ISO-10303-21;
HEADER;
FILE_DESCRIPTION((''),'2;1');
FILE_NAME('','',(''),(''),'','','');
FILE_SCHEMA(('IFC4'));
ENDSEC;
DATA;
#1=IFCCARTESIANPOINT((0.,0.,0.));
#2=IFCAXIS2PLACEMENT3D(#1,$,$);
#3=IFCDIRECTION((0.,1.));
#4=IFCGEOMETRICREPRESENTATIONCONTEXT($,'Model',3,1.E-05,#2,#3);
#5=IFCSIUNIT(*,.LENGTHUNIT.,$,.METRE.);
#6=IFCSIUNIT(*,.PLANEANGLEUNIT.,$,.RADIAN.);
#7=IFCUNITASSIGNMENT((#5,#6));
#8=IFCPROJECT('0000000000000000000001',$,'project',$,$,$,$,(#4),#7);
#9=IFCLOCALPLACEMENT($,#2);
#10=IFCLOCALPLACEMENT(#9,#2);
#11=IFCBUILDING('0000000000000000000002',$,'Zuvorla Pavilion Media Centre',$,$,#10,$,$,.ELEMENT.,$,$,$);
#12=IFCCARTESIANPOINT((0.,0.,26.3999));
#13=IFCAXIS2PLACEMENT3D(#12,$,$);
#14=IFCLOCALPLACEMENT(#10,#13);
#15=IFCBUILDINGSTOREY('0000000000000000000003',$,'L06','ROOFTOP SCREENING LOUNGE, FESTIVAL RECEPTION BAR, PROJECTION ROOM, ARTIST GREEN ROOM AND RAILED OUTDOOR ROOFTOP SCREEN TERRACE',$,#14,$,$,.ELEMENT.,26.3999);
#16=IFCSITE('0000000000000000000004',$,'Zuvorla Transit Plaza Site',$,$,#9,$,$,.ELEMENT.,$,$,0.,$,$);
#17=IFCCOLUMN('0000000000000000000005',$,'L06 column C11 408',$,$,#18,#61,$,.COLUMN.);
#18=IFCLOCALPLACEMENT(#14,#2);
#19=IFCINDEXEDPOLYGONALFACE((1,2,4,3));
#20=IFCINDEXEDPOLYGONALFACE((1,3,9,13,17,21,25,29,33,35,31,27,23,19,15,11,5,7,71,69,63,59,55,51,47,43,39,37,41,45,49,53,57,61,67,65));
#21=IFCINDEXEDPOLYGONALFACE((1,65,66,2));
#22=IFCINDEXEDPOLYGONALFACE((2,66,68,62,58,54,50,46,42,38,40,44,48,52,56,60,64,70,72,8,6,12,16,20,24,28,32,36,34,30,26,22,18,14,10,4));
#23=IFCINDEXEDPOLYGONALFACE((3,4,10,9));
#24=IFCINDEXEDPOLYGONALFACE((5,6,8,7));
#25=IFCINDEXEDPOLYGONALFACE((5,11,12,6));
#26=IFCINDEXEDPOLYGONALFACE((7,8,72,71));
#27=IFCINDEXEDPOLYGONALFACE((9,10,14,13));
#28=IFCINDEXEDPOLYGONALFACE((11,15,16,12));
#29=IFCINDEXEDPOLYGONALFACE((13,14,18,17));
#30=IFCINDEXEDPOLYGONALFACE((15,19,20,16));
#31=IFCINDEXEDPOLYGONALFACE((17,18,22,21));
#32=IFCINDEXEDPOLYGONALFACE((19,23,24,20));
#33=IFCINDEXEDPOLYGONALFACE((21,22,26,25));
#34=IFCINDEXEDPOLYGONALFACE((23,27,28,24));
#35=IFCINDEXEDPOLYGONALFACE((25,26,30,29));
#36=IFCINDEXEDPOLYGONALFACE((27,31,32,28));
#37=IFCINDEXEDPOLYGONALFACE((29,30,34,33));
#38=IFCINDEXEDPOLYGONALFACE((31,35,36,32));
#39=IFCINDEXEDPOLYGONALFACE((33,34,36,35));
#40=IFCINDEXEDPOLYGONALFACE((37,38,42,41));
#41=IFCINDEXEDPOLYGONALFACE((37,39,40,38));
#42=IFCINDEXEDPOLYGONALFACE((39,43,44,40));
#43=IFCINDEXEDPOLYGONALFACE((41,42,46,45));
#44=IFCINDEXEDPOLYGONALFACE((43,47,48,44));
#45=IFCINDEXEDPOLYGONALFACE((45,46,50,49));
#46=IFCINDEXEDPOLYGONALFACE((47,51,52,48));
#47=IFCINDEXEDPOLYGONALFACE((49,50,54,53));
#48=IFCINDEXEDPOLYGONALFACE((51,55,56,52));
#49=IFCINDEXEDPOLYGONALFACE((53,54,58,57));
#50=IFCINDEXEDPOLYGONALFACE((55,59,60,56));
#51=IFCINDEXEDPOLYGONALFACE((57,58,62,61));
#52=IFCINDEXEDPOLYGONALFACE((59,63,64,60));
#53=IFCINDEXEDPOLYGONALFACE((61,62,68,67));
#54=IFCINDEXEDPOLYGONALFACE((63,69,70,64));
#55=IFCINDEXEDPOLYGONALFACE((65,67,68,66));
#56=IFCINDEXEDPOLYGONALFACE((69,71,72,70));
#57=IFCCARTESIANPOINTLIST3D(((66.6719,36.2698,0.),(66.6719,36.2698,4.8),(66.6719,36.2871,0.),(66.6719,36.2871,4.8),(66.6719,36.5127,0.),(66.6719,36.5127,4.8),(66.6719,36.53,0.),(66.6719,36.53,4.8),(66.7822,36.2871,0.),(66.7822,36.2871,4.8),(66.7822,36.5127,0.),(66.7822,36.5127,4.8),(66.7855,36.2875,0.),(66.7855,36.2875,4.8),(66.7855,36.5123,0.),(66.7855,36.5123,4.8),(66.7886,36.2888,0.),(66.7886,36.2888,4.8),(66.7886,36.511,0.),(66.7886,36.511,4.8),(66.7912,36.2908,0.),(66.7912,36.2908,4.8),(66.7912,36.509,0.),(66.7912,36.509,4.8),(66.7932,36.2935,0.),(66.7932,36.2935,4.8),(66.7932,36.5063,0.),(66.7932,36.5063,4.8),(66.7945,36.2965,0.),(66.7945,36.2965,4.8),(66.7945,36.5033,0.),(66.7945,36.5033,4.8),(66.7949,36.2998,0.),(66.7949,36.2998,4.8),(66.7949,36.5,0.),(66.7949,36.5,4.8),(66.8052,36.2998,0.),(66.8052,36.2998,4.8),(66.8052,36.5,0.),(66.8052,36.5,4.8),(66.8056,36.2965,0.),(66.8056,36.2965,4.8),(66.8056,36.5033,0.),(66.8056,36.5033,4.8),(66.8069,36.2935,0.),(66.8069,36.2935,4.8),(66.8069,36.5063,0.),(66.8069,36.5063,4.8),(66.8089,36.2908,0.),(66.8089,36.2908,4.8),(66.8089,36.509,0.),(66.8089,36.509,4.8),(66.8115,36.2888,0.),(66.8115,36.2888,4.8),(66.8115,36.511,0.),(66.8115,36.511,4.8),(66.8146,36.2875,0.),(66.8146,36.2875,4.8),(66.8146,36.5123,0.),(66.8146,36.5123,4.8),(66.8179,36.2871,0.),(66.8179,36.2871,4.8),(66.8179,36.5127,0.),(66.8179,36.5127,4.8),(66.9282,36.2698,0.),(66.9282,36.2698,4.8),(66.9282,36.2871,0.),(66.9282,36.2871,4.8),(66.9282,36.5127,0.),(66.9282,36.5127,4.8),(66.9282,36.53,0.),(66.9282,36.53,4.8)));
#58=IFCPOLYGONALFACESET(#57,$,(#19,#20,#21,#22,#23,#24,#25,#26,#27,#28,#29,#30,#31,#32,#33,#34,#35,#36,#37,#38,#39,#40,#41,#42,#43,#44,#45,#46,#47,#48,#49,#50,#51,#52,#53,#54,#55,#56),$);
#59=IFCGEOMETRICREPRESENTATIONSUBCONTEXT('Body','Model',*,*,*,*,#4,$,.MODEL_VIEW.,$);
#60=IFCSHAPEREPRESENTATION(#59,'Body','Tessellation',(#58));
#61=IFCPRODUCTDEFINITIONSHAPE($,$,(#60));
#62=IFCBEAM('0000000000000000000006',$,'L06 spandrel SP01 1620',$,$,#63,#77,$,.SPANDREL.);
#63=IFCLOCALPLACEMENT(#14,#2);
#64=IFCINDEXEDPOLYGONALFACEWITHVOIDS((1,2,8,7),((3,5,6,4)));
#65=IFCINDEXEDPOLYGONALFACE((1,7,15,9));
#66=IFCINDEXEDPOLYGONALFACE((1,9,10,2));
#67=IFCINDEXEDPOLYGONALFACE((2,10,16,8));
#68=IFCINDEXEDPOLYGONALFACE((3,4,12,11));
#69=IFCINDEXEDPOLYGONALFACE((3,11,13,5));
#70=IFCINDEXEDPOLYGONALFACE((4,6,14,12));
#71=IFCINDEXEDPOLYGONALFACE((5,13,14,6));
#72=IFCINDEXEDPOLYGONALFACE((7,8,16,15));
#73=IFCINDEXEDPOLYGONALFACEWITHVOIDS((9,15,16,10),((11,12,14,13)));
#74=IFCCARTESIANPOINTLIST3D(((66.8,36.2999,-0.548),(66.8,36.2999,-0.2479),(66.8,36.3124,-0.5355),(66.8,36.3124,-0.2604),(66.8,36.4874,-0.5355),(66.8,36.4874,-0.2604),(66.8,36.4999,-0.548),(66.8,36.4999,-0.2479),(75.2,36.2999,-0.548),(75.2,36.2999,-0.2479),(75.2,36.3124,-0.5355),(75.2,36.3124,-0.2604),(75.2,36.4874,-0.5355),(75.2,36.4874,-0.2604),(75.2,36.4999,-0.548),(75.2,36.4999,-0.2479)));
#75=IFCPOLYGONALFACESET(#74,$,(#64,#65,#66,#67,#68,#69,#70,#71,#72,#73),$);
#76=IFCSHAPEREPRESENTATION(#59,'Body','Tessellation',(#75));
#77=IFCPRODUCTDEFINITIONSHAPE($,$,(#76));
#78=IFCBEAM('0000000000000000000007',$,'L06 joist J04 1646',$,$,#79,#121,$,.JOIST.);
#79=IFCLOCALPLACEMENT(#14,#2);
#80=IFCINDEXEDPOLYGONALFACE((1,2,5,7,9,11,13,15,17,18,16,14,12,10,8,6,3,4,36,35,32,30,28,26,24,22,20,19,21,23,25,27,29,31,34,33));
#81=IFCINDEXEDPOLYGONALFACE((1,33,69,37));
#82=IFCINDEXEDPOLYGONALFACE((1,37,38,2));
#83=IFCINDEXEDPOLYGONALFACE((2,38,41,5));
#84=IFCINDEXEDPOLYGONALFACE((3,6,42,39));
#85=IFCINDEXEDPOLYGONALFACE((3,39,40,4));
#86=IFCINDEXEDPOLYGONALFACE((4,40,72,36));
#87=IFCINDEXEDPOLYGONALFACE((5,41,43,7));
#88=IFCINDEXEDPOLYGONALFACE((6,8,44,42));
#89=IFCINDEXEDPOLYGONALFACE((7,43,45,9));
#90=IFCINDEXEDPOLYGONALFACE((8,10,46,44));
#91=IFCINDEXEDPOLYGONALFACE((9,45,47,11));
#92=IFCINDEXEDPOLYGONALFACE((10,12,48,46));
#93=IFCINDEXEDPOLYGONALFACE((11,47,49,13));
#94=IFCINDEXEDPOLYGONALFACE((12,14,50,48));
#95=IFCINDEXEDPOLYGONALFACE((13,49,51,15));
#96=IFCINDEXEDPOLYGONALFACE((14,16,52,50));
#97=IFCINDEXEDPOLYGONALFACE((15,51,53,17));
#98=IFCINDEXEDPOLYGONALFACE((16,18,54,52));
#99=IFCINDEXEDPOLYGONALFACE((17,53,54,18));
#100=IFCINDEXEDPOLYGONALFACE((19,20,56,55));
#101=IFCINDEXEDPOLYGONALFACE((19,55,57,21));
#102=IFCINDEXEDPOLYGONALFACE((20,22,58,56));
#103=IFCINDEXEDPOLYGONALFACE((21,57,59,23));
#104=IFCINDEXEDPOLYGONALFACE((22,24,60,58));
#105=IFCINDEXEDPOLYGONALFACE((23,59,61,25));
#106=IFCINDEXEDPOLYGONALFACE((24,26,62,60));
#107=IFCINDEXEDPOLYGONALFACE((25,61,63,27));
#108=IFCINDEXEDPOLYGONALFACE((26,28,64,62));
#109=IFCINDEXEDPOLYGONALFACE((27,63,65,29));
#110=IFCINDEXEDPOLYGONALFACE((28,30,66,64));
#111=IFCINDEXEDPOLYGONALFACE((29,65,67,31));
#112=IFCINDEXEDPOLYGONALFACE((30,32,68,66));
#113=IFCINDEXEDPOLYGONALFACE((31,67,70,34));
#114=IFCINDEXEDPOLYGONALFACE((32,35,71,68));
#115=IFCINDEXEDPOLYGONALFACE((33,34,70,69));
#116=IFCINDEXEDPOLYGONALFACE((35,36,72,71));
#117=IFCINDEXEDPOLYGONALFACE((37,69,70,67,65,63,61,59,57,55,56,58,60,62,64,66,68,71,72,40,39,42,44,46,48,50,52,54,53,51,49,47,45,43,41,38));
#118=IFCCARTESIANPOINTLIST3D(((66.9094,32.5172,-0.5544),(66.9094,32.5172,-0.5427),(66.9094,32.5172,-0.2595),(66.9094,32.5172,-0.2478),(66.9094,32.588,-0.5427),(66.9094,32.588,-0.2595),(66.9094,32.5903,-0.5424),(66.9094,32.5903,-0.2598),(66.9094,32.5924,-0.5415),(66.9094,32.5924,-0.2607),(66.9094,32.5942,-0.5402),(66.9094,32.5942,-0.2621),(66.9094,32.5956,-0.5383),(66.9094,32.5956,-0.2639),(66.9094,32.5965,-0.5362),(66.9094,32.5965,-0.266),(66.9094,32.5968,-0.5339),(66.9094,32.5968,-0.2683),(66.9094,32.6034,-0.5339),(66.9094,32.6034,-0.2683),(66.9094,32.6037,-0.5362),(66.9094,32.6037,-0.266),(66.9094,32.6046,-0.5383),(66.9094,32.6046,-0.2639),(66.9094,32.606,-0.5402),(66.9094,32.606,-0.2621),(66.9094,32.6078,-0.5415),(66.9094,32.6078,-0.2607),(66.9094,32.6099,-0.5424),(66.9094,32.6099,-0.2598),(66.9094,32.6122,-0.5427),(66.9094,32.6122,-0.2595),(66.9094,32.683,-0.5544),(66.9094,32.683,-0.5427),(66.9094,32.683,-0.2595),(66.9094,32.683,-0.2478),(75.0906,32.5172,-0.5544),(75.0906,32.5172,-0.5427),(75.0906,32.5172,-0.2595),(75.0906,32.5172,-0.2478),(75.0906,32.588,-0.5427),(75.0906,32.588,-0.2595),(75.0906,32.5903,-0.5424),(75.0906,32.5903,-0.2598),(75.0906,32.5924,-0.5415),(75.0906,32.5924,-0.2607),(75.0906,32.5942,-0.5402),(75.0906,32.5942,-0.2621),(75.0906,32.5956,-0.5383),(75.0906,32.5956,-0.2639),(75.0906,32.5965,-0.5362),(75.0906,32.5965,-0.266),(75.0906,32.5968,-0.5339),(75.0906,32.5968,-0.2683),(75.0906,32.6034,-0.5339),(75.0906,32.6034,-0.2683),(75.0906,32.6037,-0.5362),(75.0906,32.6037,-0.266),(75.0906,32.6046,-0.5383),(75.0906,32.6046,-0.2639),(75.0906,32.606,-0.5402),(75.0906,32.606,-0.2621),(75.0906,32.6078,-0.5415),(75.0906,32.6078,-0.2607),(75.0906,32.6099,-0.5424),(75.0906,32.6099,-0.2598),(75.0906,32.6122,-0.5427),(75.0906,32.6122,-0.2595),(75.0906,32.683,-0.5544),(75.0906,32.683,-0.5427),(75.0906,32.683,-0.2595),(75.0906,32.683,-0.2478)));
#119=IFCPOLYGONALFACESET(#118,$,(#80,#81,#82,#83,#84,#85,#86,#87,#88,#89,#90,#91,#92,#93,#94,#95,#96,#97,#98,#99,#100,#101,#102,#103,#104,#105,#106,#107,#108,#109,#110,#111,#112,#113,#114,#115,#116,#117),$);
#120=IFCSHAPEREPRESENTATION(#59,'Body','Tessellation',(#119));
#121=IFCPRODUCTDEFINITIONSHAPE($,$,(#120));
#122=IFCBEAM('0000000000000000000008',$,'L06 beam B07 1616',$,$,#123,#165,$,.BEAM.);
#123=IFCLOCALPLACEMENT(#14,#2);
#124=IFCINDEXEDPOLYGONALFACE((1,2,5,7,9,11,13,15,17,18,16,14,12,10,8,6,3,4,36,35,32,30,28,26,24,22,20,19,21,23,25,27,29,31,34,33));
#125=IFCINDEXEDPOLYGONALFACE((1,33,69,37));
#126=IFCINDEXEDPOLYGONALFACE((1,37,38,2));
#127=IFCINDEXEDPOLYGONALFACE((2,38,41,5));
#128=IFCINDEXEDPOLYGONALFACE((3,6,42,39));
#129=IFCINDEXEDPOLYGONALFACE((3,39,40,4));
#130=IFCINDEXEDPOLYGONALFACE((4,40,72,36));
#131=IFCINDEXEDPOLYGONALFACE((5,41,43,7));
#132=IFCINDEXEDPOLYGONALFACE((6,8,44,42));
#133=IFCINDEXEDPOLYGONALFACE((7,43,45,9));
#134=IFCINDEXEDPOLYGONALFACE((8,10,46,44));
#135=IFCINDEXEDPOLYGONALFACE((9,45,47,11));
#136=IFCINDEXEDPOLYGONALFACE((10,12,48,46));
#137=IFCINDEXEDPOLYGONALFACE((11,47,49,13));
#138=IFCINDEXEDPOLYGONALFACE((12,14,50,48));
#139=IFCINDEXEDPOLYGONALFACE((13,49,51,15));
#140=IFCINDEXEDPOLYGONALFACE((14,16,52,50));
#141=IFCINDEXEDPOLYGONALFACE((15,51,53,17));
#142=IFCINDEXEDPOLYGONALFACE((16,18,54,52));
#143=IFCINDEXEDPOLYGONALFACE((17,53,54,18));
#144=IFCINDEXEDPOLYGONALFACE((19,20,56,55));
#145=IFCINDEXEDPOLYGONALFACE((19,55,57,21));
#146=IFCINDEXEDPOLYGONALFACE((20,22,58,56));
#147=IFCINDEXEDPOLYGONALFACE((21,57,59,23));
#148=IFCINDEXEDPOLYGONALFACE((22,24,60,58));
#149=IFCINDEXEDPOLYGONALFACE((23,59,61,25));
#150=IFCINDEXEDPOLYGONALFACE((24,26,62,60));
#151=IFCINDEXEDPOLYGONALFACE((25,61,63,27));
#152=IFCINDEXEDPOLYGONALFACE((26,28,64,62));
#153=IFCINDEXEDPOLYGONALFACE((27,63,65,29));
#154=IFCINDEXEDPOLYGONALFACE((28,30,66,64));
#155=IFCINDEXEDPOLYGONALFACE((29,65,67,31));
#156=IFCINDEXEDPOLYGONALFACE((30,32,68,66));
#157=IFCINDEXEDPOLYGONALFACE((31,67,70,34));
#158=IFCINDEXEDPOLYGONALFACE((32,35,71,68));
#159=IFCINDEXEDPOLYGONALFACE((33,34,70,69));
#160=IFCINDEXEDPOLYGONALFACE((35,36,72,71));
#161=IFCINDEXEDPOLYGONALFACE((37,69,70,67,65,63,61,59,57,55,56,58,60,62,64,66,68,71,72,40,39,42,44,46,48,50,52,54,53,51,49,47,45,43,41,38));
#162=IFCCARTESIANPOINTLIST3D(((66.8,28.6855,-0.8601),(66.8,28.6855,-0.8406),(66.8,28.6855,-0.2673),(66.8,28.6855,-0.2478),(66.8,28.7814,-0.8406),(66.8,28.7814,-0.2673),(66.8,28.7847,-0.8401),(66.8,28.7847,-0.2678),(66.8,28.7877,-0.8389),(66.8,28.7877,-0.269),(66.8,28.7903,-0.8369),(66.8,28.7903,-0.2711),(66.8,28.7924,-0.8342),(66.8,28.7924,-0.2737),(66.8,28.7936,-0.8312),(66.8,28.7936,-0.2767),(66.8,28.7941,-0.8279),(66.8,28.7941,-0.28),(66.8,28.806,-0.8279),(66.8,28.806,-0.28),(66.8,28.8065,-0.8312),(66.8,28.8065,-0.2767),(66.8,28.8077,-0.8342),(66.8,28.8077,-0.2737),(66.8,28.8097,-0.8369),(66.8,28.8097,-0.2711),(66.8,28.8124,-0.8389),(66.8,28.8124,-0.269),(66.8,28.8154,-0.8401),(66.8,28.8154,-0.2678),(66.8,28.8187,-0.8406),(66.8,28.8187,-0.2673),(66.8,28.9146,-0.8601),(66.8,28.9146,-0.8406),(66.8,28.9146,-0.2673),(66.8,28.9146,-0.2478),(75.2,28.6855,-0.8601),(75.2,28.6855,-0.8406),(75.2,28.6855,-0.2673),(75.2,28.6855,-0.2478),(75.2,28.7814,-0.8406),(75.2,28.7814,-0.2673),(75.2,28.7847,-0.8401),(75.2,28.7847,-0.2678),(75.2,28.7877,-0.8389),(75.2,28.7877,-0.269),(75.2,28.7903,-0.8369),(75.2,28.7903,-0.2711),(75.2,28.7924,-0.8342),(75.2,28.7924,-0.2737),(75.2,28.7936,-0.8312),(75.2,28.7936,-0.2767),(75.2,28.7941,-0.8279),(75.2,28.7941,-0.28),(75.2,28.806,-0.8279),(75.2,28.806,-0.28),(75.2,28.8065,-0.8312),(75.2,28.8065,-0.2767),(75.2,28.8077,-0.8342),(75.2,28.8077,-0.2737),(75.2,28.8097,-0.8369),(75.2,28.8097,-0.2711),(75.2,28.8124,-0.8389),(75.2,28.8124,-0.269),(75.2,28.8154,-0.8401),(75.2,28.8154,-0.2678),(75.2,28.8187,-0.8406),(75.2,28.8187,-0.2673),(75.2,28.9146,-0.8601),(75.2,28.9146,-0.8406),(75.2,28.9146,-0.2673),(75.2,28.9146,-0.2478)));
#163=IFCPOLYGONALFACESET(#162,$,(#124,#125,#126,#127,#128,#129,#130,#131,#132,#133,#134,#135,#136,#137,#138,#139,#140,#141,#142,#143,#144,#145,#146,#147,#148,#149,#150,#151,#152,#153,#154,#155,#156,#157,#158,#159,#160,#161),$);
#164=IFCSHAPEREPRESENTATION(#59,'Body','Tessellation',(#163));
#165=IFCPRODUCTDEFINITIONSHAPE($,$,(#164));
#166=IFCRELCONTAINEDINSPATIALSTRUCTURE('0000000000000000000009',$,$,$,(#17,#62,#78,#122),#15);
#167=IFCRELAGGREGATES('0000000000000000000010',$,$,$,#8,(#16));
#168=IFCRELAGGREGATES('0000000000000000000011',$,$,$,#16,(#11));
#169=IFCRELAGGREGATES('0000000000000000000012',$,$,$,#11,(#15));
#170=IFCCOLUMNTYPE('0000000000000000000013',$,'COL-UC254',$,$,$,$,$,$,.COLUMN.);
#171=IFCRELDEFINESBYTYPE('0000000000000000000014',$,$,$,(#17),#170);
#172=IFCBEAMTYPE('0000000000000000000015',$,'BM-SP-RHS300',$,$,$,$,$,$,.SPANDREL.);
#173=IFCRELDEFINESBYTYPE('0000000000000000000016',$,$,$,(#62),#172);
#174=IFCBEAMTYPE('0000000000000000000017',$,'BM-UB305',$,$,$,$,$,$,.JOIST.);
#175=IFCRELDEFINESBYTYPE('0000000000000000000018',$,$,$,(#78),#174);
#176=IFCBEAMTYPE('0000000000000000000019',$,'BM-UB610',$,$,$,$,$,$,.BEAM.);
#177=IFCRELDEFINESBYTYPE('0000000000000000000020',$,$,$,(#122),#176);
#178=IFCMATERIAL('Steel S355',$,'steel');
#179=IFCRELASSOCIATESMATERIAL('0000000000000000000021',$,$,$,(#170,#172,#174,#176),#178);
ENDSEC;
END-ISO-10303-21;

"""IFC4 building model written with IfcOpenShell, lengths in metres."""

from ifc_helpers import new_model, si_unit, direction, frame, origin, origin_2d, place, context, subcontext, project, spatial, hollow_rectangle, i_section, extrude, material, material_profile, profile_set, type_object, element, save


model = new_model("IFC4")

# Units and contexts
model_context = context("Model", 3, precision=1e-05, world=origin(), true_north=direction((0.0, 1.0)))
body_context = subcontext(model_context, "Body", "Model", "MODEL_VIEW")
ifc_project = project(units=[si_unit("LENGTHUNIT", "METRE"), si_unit("PLANEANGLEUNIT", "RADIAN")], contexts=[model_context])

# Site, building, storey
site_placement = place(None, origin())
site = spatial("IfcSite", under=ifc_project, at=site_placement, Name="Zuvorla Transit Plaza Site", CompositionType="ELEMENT", RefElevation=0.0)
building_placement = place(site_placement, origin())
building = spatial("IfcBuilding", under=site, at=building_placement, Name="Zuvorla Pavilion Media Centre", CompositionType="ELEMENT")
storey_placement = place(building_placement, frame((0.0, 0.0, 26.3999)))
storey = spatial("IfcBuildingStorey", under=building, at=storey_placement, Name="L06", Description="ROOFTOP SCREENING LOUNGE, FESTIVAL RECEPTION BAR, PROJECTION ROOM, ARTIST GREEN ROOM AND RAILED OUTDOOR ROOFTOP SCREEN TERRACE", CompositionType="ELEMENT", Elevation=26.3999)

# Column
ifc_material_1 = material(Name="Steel S355", Category="steel")
ifc_material_profile_1 = material_profile(ifc_material_1, i_section(OverallWidth=0.2563, OverallDepth=0.2603, WebThickness=0.0103, FlangeThickness=0.0173, FilletRadius=0.0127, at=origin_2d()), Name="UC 254x254x89")
ifc_profile_set_1 = profile_set([ifc_material_profile_1], Name="Steel S355")
column_type = type_object("IfcColumnType", Name="COL-UC254", PredefinedType="COLUMN", material=ifc_profile_set_1)
for number, where, z_axis, x_axis, name in (
    (1, (66.8, 36.3999, 0.0), (0.0, 0.0, 1.0), (1.0, 0.0, 0.0), "L06 column C11 408"),
):
    element("IfcColumn", number, at=place(storey_placement, frame(where, z_axis=z_axis, x_axis=x_axis)), inside=storey, type_object=column_type, Name=name, PredefinedType="COLUMN", context=body_context, shape_type="SweptSolid", body=[
        extrude(i_section(OverallWidth=0.2563, OverallDepth=0.2603, WebThickness=0.0103, FlangeThickness=0.0173, FilletRadius=0.0127, at=origin_2d()), origin(), (0.0, 0.0, 1.0), 4.8),
    ])

# Beams
ifc_material_profile_2 = material_profile(ifc_material_1, hollow_rectangle(XDim=0.2, YDim=0.3, WallThickness=0.0125, at=origin_2d()), Name="RHS 300x200x12.5")
ifc_profile_set_2 = profile_set([ifc_material_profile_2], Name="Steel S355")
beam_type_1 = type_object("IfcBeamType", Name="BM-SP-RHS300", PredefinedType="SPANDREL", material=ifc_profile_set_2)
beam_1_placement = place(storey_placement, frame((66.8, 36.3999, -0.3979), z_axis=(1.0, 0.0, 0.0), x_axis=(0.0, 1.0, 0.0)))
element("IfcBeam", 2, at=beam_1_placement, inside=storey, type_object=beam_type_1, Name="L06 spandrel SP01 1620", PredefinedType="SPANDREL", context=body_context, shape_type="SweptSolid", body=[
    extrude(hollow_rectangle(XDim=0.2, YDim=0.3, WallThickness=0.0125, at=origin_2d()), origin(), (0.0, 0.0, 1.0), 8.3999),
])
ifc_material_profile_3 = material_profile(ifc_material_1, i_section(OverallWidth=0.1658, OverallDepth=0.3066, WebThickness=0.0066, FlangeThickness=0.0117, FilletRadius=0.0088, at=origin_2d()), Name="UB 305x165x46")
ifc_profile_set_3 = profile_set([ifc_material_profile_3], Name="Steel S355")
beam_type_2 = type_object("IfcBeamType", Name="BM-UB305", PredefinedType="JOIST", material=ifc_profile_set_3)
beam_2_placement = place(storey_placement, frame((66.9094, 32.6001, -0.4011), z_axis=(1.0, 0.0, 0.0), x_axis=(0.0, 1.0, 0.0)))
element("IfcBeam", 3, at=beam_2_placement, inside=storey, type_object=beam_type_2, Name="L06 joist J04 1646", PredefinedType="JOIST", context=body_context, shape_type="SweptSolid", body=[
    extrude(i_section(OverallWidth=0.1658, OverallDepth=0.3066, WebThickness=0.0066, FlangeThickness=0.0117, FilletRadius=0.0088, at=origin_2d()), origin(), (0.0, 0.0, 1.0), 8.1812),
])
ifc_material_profile_4 = material_profile(ifc_material_1, i_section(OverallWidth=0.229, OverallDepth=0.6123, WebThickness=0.012, FlangeThickness=0.0195, FilletRadius=0.0127, at=origin_2d()), Name="UB 610x229x125")
ifc_profile_set_4 = profile_set([ifc_material_profile_4], Name="Steel S355")
beam_type_3 = type_object("IfcBeamType", Name="BM-UB610", PredefinedType="BEAM", material=ifc_profile_set_4)
beam_3_placement = place(storey_placement, frame((66.8, 28.8, -0.554), z_axis=(1.0, 0.0, 0.0), x_axis=(0.0, 1.0, 0.0)))
element("IfcBeam", 4, at=beam_3_placement, inside=storey, type_object=beam_type_3, Name="L06 beam B07 1616", PredefinedType="BEAM", context=body_context, shape_type="SweptSolid", body=[
    extrude(i_section(OverallWidth=0.229, OverallDepth=0.6123, WebThickness=0.012, FlangeThickness=0.0195, FilletRadius=0.0127, at=origin_2d()), origin(), (0.0, 0.0, 1.0), 8.3999),
])

save(model, "model.ifc")
